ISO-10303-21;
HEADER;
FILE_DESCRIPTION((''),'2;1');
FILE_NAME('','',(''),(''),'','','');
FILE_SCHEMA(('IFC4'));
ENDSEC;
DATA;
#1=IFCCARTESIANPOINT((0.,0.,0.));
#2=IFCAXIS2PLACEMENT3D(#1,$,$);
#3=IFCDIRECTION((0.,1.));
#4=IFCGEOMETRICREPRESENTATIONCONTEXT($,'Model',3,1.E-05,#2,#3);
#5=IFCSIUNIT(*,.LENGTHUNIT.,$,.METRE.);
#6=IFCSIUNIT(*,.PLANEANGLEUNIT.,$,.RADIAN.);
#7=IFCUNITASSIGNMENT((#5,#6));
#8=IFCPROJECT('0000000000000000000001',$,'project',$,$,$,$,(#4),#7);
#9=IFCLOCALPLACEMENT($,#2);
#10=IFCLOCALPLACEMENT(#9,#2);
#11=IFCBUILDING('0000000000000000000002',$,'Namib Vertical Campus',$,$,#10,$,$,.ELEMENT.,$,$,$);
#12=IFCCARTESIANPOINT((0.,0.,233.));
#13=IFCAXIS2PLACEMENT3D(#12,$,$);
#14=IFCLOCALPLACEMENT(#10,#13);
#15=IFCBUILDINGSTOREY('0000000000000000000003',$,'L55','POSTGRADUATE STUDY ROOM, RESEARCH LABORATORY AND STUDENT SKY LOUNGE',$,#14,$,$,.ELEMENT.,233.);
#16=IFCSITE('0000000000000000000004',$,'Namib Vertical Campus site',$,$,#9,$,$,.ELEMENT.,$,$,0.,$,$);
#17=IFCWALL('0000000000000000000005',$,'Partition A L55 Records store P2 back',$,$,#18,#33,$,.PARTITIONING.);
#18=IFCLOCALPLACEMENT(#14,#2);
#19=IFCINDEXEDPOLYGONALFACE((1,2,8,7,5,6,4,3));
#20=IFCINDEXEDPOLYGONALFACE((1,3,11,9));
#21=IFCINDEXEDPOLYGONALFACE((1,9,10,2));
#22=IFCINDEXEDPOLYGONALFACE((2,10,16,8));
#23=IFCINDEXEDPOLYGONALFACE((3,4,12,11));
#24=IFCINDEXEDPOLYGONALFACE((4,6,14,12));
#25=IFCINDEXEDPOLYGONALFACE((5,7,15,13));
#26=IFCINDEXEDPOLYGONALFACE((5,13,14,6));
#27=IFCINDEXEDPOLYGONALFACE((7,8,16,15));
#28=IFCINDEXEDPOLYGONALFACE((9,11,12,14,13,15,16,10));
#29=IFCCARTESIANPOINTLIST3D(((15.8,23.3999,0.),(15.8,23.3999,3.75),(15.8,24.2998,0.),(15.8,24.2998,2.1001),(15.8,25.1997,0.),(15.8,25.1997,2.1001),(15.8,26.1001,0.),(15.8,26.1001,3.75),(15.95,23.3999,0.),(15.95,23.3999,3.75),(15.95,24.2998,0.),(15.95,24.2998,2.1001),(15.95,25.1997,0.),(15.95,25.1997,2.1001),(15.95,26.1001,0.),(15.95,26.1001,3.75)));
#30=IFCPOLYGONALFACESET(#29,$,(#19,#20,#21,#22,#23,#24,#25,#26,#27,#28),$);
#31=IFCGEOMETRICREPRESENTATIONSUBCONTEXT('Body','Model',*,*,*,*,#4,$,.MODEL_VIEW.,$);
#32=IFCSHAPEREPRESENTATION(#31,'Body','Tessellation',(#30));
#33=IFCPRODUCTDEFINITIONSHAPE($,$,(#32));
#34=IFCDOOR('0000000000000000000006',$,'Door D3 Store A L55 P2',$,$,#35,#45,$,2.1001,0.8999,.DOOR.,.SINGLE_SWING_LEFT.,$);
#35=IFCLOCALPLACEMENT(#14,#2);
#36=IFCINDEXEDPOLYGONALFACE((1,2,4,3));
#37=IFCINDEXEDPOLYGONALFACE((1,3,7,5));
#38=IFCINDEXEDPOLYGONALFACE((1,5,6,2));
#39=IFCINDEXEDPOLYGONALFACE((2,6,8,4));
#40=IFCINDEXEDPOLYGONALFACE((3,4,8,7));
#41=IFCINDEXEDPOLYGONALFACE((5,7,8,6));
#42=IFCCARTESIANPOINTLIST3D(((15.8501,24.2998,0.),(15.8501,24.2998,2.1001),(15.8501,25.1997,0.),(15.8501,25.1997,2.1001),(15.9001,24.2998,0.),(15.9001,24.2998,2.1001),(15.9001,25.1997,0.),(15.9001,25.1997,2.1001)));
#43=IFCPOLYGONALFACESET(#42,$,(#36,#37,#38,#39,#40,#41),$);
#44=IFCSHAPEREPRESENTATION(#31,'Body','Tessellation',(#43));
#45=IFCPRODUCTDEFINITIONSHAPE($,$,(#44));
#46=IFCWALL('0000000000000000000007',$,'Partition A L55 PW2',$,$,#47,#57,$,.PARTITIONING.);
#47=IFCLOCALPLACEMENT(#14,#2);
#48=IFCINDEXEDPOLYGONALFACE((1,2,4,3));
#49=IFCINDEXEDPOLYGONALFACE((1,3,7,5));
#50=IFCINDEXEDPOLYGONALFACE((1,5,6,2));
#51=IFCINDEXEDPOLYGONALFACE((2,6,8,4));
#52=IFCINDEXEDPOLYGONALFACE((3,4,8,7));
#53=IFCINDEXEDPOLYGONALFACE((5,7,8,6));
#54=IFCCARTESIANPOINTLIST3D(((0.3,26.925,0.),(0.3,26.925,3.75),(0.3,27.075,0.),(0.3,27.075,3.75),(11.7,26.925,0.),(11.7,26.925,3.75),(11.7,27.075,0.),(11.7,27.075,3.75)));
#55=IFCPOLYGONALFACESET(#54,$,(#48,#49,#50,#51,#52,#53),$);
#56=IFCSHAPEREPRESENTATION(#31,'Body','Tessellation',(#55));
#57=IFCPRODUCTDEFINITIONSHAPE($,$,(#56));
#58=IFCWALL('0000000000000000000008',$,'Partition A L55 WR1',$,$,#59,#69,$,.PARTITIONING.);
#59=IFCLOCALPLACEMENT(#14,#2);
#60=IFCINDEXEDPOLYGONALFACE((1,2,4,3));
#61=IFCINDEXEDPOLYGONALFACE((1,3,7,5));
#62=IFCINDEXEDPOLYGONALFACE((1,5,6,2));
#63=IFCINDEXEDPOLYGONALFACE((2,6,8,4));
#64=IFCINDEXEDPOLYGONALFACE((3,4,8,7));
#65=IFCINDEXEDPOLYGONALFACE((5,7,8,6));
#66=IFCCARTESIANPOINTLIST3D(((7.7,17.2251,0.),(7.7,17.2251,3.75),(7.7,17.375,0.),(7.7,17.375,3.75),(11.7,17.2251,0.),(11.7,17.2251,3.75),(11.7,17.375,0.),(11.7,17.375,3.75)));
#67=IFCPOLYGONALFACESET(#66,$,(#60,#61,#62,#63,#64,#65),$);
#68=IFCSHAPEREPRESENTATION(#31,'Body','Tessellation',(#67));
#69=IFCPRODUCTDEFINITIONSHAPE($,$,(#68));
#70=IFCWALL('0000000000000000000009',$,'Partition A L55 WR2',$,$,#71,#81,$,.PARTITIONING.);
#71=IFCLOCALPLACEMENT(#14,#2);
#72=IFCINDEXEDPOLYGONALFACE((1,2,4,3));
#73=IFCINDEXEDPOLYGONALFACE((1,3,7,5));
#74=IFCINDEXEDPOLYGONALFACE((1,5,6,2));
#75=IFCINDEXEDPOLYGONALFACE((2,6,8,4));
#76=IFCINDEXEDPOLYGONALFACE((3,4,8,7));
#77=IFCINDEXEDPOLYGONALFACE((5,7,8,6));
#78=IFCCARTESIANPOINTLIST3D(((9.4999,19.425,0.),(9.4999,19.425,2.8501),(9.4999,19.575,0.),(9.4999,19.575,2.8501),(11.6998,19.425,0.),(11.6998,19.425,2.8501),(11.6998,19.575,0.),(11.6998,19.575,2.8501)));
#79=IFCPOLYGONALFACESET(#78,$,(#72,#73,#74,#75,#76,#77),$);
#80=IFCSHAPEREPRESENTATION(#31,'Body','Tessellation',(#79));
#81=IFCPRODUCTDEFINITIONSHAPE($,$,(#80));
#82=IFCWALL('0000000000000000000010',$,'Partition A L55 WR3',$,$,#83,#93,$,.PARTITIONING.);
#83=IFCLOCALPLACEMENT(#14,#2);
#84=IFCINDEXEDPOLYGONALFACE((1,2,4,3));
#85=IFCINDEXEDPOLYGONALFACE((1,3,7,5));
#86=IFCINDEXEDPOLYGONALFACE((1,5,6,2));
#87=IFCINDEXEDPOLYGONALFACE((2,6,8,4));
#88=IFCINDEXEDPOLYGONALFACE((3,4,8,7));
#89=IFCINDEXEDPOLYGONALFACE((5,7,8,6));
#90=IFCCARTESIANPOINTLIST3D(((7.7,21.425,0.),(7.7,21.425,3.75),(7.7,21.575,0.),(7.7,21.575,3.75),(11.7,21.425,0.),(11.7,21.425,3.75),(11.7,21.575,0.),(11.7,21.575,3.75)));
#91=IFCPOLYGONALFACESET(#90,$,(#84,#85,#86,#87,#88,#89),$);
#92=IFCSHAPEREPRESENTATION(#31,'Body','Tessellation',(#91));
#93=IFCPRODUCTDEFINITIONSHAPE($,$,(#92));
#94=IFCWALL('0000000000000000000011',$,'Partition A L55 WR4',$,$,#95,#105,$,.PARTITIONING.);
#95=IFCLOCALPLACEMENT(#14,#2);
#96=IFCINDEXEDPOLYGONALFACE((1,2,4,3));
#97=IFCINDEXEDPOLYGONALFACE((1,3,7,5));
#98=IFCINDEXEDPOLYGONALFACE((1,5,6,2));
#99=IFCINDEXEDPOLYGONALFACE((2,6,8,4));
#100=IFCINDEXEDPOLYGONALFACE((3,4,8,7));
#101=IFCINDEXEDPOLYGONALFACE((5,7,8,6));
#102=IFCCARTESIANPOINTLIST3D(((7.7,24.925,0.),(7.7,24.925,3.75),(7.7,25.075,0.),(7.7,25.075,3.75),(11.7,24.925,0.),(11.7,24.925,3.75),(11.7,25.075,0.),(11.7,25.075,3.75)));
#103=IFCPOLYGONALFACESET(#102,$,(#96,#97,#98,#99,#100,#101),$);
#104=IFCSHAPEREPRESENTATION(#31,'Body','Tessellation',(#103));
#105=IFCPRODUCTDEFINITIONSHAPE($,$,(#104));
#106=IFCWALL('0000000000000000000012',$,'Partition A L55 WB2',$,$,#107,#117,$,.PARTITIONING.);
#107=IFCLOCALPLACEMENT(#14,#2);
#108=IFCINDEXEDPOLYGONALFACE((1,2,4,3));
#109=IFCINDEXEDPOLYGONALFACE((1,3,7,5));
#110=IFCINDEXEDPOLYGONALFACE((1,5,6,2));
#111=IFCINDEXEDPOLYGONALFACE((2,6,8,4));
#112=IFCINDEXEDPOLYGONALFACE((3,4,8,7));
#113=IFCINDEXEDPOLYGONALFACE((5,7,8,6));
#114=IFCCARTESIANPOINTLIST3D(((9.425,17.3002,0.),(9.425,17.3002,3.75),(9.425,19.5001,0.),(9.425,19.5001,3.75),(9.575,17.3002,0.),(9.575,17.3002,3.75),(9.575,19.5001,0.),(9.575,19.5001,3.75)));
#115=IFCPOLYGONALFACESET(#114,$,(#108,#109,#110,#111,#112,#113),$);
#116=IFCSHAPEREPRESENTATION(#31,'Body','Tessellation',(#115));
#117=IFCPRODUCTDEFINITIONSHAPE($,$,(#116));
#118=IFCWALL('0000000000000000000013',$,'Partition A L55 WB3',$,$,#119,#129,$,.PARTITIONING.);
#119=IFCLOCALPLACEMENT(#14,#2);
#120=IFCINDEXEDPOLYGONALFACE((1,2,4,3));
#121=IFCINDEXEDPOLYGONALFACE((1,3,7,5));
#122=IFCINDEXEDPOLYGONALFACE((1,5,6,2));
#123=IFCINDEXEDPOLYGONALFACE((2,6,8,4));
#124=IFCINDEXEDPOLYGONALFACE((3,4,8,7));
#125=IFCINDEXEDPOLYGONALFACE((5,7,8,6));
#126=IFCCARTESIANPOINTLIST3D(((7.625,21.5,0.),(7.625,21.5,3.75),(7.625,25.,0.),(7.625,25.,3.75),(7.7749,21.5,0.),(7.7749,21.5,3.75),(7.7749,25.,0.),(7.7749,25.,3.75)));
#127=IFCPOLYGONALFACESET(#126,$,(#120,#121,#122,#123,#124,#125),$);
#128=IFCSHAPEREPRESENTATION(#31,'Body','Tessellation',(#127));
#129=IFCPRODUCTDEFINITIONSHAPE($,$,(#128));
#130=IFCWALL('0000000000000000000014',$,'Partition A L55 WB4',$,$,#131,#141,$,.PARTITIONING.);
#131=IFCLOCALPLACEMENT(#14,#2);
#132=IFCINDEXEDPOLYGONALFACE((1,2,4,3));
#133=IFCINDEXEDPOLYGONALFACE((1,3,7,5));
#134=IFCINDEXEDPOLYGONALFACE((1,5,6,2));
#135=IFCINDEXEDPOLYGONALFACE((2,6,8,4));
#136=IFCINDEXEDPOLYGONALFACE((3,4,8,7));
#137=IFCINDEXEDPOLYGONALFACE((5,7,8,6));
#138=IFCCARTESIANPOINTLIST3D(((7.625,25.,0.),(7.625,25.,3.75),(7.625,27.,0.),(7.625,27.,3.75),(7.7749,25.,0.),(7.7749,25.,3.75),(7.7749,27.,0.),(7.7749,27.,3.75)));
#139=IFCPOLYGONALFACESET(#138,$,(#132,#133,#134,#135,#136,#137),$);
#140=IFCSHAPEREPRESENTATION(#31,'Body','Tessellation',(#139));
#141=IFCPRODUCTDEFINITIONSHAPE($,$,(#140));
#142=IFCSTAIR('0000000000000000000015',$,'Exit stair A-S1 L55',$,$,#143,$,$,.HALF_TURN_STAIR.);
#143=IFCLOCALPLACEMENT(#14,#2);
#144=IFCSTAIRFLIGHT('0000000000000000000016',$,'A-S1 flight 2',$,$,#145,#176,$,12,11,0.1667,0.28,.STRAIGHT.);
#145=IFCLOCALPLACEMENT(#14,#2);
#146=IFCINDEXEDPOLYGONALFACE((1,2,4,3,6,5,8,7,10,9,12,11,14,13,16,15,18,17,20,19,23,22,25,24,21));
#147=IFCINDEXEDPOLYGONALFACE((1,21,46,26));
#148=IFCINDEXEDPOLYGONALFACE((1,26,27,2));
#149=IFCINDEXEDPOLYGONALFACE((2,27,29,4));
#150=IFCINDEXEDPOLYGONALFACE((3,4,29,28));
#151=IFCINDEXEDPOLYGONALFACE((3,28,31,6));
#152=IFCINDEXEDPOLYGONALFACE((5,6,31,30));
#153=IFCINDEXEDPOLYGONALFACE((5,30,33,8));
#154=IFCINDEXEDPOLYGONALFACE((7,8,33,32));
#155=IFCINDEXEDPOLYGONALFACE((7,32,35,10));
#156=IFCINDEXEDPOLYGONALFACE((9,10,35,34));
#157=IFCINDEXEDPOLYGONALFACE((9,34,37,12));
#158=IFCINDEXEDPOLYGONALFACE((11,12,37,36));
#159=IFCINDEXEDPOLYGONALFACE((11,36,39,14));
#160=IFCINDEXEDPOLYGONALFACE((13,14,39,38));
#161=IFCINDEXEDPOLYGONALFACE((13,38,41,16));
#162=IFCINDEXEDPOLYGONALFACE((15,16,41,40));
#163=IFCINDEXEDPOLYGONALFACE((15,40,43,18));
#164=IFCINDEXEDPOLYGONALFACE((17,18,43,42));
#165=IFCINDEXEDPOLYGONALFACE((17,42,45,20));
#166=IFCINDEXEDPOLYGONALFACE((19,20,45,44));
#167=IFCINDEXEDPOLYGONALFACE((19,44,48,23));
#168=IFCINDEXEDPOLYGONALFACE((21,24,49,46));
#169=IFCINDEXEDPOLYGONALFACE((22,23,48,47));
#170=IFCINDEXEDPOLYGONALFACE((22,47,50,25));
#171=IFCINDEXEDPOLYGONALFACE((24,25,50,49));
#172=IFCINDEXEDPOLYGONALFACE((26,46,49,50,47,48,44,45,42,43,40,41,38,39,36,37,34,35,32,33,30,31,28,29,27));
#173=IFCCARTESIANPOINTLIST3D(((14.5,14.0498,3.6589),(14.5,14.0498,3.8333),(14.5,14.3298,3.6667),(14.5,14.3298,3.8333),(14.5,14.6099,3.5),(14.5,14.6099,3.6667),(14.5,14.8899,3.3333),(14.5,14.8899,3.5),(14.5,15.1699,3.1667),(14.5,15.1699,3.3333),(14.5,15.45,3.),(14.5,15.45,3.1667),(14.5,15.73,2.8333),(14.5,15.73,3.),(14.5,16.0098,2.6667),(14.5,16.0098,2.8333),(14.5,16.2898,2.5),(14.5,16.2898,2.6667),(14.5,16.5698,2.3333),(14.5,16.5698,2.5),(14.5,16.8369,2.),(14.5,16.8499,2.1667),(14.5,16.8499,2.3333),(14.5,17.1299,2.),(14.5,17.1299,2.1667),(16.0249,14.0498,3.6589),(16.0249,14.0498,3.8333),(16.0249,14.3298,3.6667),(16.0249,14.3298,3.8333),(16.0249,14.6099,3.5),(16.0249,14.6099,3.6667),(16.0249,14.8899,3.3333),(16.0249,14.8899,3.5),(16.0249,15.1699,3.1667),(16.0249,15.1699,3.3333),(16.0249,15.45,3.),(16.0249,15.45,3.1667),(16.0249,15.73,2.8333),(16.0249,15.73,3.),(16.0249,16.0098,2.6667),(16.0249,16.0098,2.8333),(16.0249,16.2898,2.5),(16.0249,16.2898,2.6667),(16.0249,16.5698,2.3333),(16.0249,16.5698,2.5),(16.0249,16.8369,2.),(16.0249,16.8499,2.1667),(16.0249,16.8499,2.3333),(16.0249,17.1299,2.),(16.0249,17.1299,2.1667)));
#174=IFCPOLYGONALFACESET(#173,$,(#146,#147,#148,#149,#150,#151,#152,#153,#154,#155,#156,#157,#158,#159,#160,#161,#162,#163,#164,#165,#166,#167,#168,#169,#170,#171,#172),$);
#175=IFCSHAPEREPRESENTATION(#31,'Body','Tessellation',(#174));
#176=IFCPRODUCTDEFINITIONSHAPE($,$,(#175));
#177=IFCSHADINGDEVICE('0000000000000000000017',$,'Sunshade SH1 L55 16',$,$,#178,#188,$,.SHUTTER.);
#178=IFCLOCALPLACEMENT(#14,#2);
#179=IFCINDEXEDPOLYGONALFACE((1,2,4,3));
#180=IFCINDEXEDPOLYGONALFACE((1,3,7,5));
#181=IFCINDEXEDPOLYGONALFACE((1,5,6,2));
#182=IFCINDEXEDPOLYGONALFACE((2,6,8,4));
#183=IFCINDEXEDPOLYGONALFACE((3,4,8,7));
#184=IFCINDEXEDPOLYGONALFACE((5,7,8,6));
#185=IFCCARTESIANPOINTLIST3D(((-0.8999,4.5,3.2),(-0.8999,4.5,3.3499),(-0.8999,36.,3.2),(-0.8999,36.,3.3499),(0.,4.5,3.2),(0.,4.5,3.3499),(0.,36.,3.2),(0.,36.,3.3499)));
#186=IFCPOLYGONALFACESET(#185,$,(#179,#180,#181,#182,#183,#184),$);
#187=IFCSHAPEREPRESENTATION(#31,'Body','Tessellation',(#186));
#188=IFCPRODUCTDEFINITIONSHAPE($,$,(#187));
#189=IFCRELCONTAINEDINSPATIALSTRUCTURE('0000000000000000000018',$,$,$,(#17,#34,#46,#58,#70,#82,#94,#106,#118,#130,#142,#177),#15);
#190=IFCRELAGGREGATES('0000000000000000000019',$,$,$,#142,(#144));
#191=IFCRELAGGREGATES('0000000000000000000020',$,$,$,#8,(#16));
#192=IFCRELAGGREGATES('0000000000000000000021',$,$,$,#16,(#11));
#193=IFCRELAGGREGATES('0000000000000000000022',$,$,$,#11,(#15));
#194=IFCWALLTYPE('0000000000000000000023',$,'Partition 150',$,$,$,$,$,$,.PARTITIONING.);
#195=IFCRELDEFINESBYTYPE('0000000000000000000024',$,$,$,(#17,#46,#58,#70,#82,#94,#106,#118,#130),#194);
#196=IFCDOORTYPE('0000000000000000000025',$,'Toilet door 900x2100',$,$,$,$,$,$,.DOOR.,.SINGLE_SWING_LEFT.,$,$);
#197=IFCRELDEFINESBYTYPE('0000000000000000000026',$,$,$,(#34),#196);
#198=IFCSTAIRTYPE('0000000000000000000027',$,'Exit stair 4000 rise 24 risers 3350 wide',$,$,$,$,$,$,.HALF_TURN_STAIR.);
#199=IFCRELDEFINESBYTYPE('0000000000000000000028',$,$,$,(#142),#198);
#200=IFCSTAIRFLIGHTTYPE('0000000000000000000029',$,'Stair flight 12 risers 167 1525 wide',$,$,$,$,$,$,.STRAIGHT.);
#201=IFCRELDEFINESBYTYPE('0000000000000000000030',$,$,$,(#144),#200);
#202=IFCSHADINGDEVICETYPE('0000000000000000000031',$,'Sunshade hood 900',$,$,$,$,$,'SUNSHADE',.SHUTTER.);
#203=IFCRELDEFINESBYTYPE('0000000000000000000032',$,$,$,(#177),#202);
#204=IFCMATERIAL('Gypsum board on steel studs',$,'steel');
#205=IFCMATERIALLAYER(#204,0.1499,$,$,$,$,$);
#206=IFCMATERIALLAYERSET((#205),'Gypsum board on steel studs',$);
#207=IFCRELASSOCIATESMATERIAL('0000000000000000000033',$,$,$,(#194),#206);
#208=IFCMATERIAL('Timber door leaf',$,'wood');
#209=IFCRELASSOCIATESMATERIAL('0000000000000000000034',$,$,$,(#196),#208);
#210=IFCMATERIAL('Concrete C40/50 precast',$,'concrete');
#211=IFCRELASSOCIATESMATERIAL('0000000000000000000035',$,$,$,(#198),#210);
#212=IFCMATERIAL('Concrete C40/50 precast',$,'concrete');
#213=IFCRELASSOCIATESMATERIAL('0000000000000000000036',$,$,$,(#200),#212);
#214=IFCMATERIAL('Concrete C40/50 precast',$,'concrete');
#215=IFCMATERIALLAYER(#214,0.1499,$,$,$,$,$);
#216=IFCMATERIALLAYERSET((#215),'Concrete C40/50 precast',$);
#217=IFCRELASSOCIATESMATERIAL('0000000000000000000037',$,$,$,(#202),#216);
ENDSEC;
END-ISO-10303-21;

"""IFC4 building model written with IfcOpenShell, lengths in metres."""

from ifc_helpers import new_model, si_unit, direction, frame, frame_2d, origin, origin_2d, place, context, subcontext, project, spatial, polyline, rectangle, outline, extrude, material, layer, layer_set, type_object, element, fill, aggregate, save


model = new_model("IFC4")

# Units and contexts
model_context = context("Model", 3, precision=1e-05, world=origin(), true_north=direction((0.0, 1.0)))
body_context = subcontext(model_context, "Body", "Model", "MODEL_VIEW")
ifc_project = project(units=[si_unit("LENGTHUNIT", "METRE"), si_unit("PLANEANGLEUNIT", "RADIAN")], contexts=[model_context])

# Site, building, storey
site_placement = place(None, origin())
site = spatial("IfcSite", under=ifc_project, at=site_placement, Name="Namib Vertical Campus site", CompositionType="ELEMENT", RefElevation=0.0)
building_placement = place(site_placement, origin())
building = spatial("IfcBuilding", under=site, at=building_placement, Name="Namib Vertical Campus", CompositionType="ELEMENT")
storey_placement = place(building_placement, frame((0.0, 0.0, 233.0)))
storey = spatial("IfcBuildingStorey", under=building, at=storey_placement, Name="L55", Description="POSTGRADUATE STUDY ROOM, RESEARCH LABORATORY AND STUDENT SKY LOUNGE", CompositionType="ELEMENT", Elevation=233.0)

# Wall, opening, door
ifc_material_1 = material(Name="Gypsum board on steel studs", Category="steel")
ifc_layer_1 = layer(ifc_material_1, 0.1499)
ifc_layer_set_1 = layer_set([ifc_layer_1], Name="Gypsum board on steel studs")
wall_type_1 = type_object("IfcWallType", Name="Partition 150", PredefinedType="PARTITIONING", material=ifc_layer_set_1)
wall_1_placement = place(storey_placement, frame((15.875, 23.3999, 0.0), z_axis=(0.0, 0.0, 1.0), x_axis=(0.0, 1.0, 0.0)))
wall_1 = element("IfcWall", 1, at=wall_1_placement, inside=storey, type_object=wall_type_1, Name="Partition A L55 Records store P2 back", PredefinedType="PARTITIONING", context=body_context, shape_type="SweptSolid", body=[
    extrude(rectangle(XDim=2.7002, YDim=0.1499, at=frame_2d((1.3501, 0.0))), origin(), (0.0, 0.0, 1.0), 3.75),
])
opening_placement = place(wall_1_placement, frame((0.8999, 0.0, 0.0)))
opening = element("IfcOpeningElement", 2, at=opening_placement, cuts=wall_1, PredefinedType="OPENING", context=body_context, shape_type="SweptSolid", body=[
    extrude(rectangle(XDim=0.8999, YDim=2.1001, at=frame_2d((0.45, 1.05))), frame((0.0, 0.085, 0.0), z_axis=(0.0, -1.0, 0.0), x_axis=(1.0, 0.0, 0.0)), (0.0, 0.0, 1.0), 0.1699),
])
ifc_material_2 = material(Name="Timber door leaf", Category="wood")
door_type = type_object("IfcDoorType", Name="Toilet door 900x2100", OperationType="SINGLE_SWING_LEFT", PredefinedType="DOOR", material=ifc_material_2)
door_placement = place(opening_placement, origin())
door = element("IfcDoor", 3, at=door_placement, inside=storey, type_object=door_type, Name="Door D3 Store A L55 P2", OperationType="SINGLE_SWING_LEFT", OverallHeight=2.1001, OverallWidth=0.8999, PredefinedType="DOOR", context=body_context, shape_type="SweptSolid", body=[
    extrude(rectangle(XDim=0.8999, YDim=2.1001, at=frame_2d((0.45, 1.05))), frame((0.0, 0.0249, 0.0), z_axis=(0.0, -1.0, 0.0), x_axis=(1.0, 0.0, 0.0)), (0.0, 0.0, 1.0), 0.05),
])
fill(opening, door)

# Walls
wall_2_placement = place(storey_placement, frame((0.3, 27.0, 0.0), z_axis=(0.0, 0.0, 1.0), x_axis=(1.0, 0.0, 0.0)))
element("IfcWall", 4, at=wall_2_placement, inside=storey, type_object=wall_type_1, Name="Partition A L55 PW2", PredefinedType="PARTITIONING", context=body_context, shape_type="SweptSolid", body=[
    extrude(rectangle(XDim=11.3999, YDim=0.1499, at=frame_2d((5.7, 0.0))), origin(), (0.0, 0.0, 1.0), 3.75),
])
wall_3_placement = place(storey_placement, frame((11.7, 17.3, 0.0), z_axis=(0.0, 0.0, 1.0), x_axis=(-1.0, 0.0, 0.0)))
element("IfcWall", 5, at=wall_3_placement, inside=storey, type_object=wall_type_1, Name="Partition A L55 WR1", PredefinedType="PARTITIONING", context=body_context, shape_type="SweptSolid", body=[
    extrude(rectangle(XDim=4.0, YDim=0.1499, at=frame_2d((2.0, 0.0))), origin(), (0.0, 0.0, 1.0), 3.75),
])
wall_4_placement = place(storey_placement, frame((11.7, 19.5, 0.0), z_axis=(0.0, 0.0, 1.0), x_axis=(-1.0, 0.0, 0.0)))
element("IfcWall", 6, at=wall_4_placement, inside=storey, type_object=wall_type_1, Name="Partition A L55 WR2", PredefinedType="PARTITIONING", context=body_context, shape_type="SweptSolid", body=[
    extrude(rectangle(XDim=2.2, YDim=0.1499, at=frame_2d((1.1001, 0.0))), origin(), (0.0, 0.0, 1.0), 2.8501),
])
for number, where, z_axis, x_axis, name in (
    (7, (11.7, 21.5, 0.0), (0.0, 0.0, 1.0), (-1.0, 0.0, 0.0), "Partition A L55 WR3"),
    (8, (11.7, 25.0, 0.0), (0.0, 0.0, 1.0), (-1.0, 0.0, 0.0), "Partition A L55 WR4"),
):
    element("IfcWall", number, at=place(storey_placement, frame(where, z_axis=z_axis, x_axis=x_axis)), inside=storey, type_object=wall_type_1, Name=name, PredefinedType="PARTITIONING", context=body_context, shape_type="SweptSolid", body=[
        extrude(rectangle(XDim=4.0, YDim=0.1499, at=frame_2d((2.0, 0.0))), origin(), (0.0, 0.0, 1.0), 3.75),
    ])
wall_5_placement = place(storey_placement, frame((9.5, 17.3, 0.0), z_axis=(0.0, 0.0, 1.0), x_axis=(0.0, 1.0, 0.0)))
element("IfcWall", 9, at=wall_5_placement, inside=storey, type_object=wall_type_1, Name="Partition A L55 WB2", PredefinedType="PARTITIONING", context=body_context, shape_type="SweptSolid", body=[
    extrude(rectangle(XDim=2.2, YDim=0.1499, at=frame_2d((1.1001, 0.0))), origin(), (0.0, 0.0, 1.0), 3.75),
])
wall_6_placement = place(storey_placement, frame((7.7, 21.5, 0.0), z_axis=(0.0, 0.0, 1.0), x_axis=(0.0, 1.0, 0.0)))
element("IfcWall", 10, at=wall_6_placement, inside=storey, type_object=wall_type_1, Name="Partition A L55 WB3", PredefinedType="PARTITIONING", context=body_context, shape_type="SweptSolid", body=[
    extrude(rectangle(XDim=3.5, YDim=0.1499, at=frame_2d((1.75, 0.0))), origin(), (0.0, 0.0, 1.0), 3.75),
])
wall_7_placement = place(storey_placement, frame((7.7, 25.0, 0.0), z_axis=(0.0, 0.0, 1.0), x_axis=(0.0, 1.0, 0.0)))
element("IfcWall", 11, at=wall_7_placement, inside=storey, type_object=wall_type_1, Name="Partition A L55 WB4", PredefinedType="PARTITIONING", context=body_context, shape_type="SweptSolid", body=[
    extrude(rectangle(XDim=2.0, YDim=0.1499, at=frame_2d((1.0, 0.0))), origin(), (0.0, 0.0, 1.0), 3.75),
])

# Stair, stair flight
ifc_material_3 = material(Name="Concrete C40/50 precast", Category="concrete")
stair_type = type_object("IfcStairType", Name="Exit stair 4000 rise 24 risers 3350 wide", PredefinedType="HALF_TURN_STAIR", material=ifc_material_3)
stair_placement = place(storey_placement, origin())
stair = element("IfcStair", 12, at=stair_placement, inside=storey, type_object=stair_type, Name="Exit stair A-S1 L55", PredefinedType="HALF_TURN_STAIR")
ifc_material_4 = material(Name="Concrete C40/50 precast", Category="concrete")
stair_flight_type = type_object("IfcStairFlightType", Name="Stair flight 12 risers 167 1525 wide", PredefinedType="STRAIGHT", material=ifc_material_4)
stair_flight_placement = place(storey_placement, frame((15.2625, 17.1299, 2.0), z_axis=(0.0, 0.0, 1.0), x_axis=(0.0, -1.0, 0.0)))
stair_flight = element("IfcStairFlight", 13, at=stair_flight_placement, type_object=stair_flight_type, Name="A-S1 flight 2", NumberOfRisers=12, NumberOfTreads=11, PredefinedType="STRAIGHT", RiserHeight=0.1667, TreadLength=0.28, context=body_context, shape_type="SweptSolid", body=[
    extrude(outline(polyline([(0.0, 0.0), (0.0, 0.1667), (0.28, 0.1667), (0.28, 0.3333), (0.5601, 0.3333), (0.5601, 0.5), (0.8401, 0.5), (0.8401, 0.6667), (1.1201, 0.6667), (1.1201, 0.8333), (1.3999, 0.8333), (1.3999, 1.0), (1.6799, 1.0), (1.6799, 1.1667), (1.96, 1.1667), (1.96, 1.3333), (2.24, 1.3333), (2.24, 1.5), (2.52, 1.5), (2.52, 1.6667), (2.8, 1.6667), (2.8, 1.8333), (3.0801, 1.8333), (3.0801, 2.0), (3.0801, 1.6589), (0.293, 0.0), (0.0, 0.0)])), frame((0.0, 0.7625, 0.0), z_axis=(0.0, -1.0, 0.0), x_axis=(1.0, 0.0, 0.0)), (0.0, 0.0, 1.0), 1.5249),
])
aggregate(stair, [stair_flight])

# Shading device
ifc_material_5 = material(Name="Concrete C40/50 precast", Category="concrete")
ifc_layer_2 = layer(ifc_material_5, 0.1499)
ifc_layer_set_2 = layer_set([ifc_layer_2], Name="Concrete C40/50 precast")
shading_device_type = type_object("IfcShadingDeviceType", Name="Sunshade hood 900", ElementType="SUNSHADE", PredefinedType="SHUTTER", material=ifc_layer_set_2)
shading_device_placement = place(storey_placement, frame((-0.45, 20.25, 3.2), z_axis=(0.0, 0.0, 1.0), x_axis=(0.0, -1.0, 0.0)))
element("IfcShadingDevice", 14, at=shading_device_placement, inside=storey, type_object=shading_device_type, Name="Sunshade SH1 L55 16", PredefinedType="SHUTTER", context=body_context, shape_type="SweptSolid", body=[
    extrude(rectangle(XDim=31.5, YDim=0.8999, at=origin_2d()), origin(), (0.0, 0.0, 1.0), 0.1499),
])

save(model, "model.ifc")
